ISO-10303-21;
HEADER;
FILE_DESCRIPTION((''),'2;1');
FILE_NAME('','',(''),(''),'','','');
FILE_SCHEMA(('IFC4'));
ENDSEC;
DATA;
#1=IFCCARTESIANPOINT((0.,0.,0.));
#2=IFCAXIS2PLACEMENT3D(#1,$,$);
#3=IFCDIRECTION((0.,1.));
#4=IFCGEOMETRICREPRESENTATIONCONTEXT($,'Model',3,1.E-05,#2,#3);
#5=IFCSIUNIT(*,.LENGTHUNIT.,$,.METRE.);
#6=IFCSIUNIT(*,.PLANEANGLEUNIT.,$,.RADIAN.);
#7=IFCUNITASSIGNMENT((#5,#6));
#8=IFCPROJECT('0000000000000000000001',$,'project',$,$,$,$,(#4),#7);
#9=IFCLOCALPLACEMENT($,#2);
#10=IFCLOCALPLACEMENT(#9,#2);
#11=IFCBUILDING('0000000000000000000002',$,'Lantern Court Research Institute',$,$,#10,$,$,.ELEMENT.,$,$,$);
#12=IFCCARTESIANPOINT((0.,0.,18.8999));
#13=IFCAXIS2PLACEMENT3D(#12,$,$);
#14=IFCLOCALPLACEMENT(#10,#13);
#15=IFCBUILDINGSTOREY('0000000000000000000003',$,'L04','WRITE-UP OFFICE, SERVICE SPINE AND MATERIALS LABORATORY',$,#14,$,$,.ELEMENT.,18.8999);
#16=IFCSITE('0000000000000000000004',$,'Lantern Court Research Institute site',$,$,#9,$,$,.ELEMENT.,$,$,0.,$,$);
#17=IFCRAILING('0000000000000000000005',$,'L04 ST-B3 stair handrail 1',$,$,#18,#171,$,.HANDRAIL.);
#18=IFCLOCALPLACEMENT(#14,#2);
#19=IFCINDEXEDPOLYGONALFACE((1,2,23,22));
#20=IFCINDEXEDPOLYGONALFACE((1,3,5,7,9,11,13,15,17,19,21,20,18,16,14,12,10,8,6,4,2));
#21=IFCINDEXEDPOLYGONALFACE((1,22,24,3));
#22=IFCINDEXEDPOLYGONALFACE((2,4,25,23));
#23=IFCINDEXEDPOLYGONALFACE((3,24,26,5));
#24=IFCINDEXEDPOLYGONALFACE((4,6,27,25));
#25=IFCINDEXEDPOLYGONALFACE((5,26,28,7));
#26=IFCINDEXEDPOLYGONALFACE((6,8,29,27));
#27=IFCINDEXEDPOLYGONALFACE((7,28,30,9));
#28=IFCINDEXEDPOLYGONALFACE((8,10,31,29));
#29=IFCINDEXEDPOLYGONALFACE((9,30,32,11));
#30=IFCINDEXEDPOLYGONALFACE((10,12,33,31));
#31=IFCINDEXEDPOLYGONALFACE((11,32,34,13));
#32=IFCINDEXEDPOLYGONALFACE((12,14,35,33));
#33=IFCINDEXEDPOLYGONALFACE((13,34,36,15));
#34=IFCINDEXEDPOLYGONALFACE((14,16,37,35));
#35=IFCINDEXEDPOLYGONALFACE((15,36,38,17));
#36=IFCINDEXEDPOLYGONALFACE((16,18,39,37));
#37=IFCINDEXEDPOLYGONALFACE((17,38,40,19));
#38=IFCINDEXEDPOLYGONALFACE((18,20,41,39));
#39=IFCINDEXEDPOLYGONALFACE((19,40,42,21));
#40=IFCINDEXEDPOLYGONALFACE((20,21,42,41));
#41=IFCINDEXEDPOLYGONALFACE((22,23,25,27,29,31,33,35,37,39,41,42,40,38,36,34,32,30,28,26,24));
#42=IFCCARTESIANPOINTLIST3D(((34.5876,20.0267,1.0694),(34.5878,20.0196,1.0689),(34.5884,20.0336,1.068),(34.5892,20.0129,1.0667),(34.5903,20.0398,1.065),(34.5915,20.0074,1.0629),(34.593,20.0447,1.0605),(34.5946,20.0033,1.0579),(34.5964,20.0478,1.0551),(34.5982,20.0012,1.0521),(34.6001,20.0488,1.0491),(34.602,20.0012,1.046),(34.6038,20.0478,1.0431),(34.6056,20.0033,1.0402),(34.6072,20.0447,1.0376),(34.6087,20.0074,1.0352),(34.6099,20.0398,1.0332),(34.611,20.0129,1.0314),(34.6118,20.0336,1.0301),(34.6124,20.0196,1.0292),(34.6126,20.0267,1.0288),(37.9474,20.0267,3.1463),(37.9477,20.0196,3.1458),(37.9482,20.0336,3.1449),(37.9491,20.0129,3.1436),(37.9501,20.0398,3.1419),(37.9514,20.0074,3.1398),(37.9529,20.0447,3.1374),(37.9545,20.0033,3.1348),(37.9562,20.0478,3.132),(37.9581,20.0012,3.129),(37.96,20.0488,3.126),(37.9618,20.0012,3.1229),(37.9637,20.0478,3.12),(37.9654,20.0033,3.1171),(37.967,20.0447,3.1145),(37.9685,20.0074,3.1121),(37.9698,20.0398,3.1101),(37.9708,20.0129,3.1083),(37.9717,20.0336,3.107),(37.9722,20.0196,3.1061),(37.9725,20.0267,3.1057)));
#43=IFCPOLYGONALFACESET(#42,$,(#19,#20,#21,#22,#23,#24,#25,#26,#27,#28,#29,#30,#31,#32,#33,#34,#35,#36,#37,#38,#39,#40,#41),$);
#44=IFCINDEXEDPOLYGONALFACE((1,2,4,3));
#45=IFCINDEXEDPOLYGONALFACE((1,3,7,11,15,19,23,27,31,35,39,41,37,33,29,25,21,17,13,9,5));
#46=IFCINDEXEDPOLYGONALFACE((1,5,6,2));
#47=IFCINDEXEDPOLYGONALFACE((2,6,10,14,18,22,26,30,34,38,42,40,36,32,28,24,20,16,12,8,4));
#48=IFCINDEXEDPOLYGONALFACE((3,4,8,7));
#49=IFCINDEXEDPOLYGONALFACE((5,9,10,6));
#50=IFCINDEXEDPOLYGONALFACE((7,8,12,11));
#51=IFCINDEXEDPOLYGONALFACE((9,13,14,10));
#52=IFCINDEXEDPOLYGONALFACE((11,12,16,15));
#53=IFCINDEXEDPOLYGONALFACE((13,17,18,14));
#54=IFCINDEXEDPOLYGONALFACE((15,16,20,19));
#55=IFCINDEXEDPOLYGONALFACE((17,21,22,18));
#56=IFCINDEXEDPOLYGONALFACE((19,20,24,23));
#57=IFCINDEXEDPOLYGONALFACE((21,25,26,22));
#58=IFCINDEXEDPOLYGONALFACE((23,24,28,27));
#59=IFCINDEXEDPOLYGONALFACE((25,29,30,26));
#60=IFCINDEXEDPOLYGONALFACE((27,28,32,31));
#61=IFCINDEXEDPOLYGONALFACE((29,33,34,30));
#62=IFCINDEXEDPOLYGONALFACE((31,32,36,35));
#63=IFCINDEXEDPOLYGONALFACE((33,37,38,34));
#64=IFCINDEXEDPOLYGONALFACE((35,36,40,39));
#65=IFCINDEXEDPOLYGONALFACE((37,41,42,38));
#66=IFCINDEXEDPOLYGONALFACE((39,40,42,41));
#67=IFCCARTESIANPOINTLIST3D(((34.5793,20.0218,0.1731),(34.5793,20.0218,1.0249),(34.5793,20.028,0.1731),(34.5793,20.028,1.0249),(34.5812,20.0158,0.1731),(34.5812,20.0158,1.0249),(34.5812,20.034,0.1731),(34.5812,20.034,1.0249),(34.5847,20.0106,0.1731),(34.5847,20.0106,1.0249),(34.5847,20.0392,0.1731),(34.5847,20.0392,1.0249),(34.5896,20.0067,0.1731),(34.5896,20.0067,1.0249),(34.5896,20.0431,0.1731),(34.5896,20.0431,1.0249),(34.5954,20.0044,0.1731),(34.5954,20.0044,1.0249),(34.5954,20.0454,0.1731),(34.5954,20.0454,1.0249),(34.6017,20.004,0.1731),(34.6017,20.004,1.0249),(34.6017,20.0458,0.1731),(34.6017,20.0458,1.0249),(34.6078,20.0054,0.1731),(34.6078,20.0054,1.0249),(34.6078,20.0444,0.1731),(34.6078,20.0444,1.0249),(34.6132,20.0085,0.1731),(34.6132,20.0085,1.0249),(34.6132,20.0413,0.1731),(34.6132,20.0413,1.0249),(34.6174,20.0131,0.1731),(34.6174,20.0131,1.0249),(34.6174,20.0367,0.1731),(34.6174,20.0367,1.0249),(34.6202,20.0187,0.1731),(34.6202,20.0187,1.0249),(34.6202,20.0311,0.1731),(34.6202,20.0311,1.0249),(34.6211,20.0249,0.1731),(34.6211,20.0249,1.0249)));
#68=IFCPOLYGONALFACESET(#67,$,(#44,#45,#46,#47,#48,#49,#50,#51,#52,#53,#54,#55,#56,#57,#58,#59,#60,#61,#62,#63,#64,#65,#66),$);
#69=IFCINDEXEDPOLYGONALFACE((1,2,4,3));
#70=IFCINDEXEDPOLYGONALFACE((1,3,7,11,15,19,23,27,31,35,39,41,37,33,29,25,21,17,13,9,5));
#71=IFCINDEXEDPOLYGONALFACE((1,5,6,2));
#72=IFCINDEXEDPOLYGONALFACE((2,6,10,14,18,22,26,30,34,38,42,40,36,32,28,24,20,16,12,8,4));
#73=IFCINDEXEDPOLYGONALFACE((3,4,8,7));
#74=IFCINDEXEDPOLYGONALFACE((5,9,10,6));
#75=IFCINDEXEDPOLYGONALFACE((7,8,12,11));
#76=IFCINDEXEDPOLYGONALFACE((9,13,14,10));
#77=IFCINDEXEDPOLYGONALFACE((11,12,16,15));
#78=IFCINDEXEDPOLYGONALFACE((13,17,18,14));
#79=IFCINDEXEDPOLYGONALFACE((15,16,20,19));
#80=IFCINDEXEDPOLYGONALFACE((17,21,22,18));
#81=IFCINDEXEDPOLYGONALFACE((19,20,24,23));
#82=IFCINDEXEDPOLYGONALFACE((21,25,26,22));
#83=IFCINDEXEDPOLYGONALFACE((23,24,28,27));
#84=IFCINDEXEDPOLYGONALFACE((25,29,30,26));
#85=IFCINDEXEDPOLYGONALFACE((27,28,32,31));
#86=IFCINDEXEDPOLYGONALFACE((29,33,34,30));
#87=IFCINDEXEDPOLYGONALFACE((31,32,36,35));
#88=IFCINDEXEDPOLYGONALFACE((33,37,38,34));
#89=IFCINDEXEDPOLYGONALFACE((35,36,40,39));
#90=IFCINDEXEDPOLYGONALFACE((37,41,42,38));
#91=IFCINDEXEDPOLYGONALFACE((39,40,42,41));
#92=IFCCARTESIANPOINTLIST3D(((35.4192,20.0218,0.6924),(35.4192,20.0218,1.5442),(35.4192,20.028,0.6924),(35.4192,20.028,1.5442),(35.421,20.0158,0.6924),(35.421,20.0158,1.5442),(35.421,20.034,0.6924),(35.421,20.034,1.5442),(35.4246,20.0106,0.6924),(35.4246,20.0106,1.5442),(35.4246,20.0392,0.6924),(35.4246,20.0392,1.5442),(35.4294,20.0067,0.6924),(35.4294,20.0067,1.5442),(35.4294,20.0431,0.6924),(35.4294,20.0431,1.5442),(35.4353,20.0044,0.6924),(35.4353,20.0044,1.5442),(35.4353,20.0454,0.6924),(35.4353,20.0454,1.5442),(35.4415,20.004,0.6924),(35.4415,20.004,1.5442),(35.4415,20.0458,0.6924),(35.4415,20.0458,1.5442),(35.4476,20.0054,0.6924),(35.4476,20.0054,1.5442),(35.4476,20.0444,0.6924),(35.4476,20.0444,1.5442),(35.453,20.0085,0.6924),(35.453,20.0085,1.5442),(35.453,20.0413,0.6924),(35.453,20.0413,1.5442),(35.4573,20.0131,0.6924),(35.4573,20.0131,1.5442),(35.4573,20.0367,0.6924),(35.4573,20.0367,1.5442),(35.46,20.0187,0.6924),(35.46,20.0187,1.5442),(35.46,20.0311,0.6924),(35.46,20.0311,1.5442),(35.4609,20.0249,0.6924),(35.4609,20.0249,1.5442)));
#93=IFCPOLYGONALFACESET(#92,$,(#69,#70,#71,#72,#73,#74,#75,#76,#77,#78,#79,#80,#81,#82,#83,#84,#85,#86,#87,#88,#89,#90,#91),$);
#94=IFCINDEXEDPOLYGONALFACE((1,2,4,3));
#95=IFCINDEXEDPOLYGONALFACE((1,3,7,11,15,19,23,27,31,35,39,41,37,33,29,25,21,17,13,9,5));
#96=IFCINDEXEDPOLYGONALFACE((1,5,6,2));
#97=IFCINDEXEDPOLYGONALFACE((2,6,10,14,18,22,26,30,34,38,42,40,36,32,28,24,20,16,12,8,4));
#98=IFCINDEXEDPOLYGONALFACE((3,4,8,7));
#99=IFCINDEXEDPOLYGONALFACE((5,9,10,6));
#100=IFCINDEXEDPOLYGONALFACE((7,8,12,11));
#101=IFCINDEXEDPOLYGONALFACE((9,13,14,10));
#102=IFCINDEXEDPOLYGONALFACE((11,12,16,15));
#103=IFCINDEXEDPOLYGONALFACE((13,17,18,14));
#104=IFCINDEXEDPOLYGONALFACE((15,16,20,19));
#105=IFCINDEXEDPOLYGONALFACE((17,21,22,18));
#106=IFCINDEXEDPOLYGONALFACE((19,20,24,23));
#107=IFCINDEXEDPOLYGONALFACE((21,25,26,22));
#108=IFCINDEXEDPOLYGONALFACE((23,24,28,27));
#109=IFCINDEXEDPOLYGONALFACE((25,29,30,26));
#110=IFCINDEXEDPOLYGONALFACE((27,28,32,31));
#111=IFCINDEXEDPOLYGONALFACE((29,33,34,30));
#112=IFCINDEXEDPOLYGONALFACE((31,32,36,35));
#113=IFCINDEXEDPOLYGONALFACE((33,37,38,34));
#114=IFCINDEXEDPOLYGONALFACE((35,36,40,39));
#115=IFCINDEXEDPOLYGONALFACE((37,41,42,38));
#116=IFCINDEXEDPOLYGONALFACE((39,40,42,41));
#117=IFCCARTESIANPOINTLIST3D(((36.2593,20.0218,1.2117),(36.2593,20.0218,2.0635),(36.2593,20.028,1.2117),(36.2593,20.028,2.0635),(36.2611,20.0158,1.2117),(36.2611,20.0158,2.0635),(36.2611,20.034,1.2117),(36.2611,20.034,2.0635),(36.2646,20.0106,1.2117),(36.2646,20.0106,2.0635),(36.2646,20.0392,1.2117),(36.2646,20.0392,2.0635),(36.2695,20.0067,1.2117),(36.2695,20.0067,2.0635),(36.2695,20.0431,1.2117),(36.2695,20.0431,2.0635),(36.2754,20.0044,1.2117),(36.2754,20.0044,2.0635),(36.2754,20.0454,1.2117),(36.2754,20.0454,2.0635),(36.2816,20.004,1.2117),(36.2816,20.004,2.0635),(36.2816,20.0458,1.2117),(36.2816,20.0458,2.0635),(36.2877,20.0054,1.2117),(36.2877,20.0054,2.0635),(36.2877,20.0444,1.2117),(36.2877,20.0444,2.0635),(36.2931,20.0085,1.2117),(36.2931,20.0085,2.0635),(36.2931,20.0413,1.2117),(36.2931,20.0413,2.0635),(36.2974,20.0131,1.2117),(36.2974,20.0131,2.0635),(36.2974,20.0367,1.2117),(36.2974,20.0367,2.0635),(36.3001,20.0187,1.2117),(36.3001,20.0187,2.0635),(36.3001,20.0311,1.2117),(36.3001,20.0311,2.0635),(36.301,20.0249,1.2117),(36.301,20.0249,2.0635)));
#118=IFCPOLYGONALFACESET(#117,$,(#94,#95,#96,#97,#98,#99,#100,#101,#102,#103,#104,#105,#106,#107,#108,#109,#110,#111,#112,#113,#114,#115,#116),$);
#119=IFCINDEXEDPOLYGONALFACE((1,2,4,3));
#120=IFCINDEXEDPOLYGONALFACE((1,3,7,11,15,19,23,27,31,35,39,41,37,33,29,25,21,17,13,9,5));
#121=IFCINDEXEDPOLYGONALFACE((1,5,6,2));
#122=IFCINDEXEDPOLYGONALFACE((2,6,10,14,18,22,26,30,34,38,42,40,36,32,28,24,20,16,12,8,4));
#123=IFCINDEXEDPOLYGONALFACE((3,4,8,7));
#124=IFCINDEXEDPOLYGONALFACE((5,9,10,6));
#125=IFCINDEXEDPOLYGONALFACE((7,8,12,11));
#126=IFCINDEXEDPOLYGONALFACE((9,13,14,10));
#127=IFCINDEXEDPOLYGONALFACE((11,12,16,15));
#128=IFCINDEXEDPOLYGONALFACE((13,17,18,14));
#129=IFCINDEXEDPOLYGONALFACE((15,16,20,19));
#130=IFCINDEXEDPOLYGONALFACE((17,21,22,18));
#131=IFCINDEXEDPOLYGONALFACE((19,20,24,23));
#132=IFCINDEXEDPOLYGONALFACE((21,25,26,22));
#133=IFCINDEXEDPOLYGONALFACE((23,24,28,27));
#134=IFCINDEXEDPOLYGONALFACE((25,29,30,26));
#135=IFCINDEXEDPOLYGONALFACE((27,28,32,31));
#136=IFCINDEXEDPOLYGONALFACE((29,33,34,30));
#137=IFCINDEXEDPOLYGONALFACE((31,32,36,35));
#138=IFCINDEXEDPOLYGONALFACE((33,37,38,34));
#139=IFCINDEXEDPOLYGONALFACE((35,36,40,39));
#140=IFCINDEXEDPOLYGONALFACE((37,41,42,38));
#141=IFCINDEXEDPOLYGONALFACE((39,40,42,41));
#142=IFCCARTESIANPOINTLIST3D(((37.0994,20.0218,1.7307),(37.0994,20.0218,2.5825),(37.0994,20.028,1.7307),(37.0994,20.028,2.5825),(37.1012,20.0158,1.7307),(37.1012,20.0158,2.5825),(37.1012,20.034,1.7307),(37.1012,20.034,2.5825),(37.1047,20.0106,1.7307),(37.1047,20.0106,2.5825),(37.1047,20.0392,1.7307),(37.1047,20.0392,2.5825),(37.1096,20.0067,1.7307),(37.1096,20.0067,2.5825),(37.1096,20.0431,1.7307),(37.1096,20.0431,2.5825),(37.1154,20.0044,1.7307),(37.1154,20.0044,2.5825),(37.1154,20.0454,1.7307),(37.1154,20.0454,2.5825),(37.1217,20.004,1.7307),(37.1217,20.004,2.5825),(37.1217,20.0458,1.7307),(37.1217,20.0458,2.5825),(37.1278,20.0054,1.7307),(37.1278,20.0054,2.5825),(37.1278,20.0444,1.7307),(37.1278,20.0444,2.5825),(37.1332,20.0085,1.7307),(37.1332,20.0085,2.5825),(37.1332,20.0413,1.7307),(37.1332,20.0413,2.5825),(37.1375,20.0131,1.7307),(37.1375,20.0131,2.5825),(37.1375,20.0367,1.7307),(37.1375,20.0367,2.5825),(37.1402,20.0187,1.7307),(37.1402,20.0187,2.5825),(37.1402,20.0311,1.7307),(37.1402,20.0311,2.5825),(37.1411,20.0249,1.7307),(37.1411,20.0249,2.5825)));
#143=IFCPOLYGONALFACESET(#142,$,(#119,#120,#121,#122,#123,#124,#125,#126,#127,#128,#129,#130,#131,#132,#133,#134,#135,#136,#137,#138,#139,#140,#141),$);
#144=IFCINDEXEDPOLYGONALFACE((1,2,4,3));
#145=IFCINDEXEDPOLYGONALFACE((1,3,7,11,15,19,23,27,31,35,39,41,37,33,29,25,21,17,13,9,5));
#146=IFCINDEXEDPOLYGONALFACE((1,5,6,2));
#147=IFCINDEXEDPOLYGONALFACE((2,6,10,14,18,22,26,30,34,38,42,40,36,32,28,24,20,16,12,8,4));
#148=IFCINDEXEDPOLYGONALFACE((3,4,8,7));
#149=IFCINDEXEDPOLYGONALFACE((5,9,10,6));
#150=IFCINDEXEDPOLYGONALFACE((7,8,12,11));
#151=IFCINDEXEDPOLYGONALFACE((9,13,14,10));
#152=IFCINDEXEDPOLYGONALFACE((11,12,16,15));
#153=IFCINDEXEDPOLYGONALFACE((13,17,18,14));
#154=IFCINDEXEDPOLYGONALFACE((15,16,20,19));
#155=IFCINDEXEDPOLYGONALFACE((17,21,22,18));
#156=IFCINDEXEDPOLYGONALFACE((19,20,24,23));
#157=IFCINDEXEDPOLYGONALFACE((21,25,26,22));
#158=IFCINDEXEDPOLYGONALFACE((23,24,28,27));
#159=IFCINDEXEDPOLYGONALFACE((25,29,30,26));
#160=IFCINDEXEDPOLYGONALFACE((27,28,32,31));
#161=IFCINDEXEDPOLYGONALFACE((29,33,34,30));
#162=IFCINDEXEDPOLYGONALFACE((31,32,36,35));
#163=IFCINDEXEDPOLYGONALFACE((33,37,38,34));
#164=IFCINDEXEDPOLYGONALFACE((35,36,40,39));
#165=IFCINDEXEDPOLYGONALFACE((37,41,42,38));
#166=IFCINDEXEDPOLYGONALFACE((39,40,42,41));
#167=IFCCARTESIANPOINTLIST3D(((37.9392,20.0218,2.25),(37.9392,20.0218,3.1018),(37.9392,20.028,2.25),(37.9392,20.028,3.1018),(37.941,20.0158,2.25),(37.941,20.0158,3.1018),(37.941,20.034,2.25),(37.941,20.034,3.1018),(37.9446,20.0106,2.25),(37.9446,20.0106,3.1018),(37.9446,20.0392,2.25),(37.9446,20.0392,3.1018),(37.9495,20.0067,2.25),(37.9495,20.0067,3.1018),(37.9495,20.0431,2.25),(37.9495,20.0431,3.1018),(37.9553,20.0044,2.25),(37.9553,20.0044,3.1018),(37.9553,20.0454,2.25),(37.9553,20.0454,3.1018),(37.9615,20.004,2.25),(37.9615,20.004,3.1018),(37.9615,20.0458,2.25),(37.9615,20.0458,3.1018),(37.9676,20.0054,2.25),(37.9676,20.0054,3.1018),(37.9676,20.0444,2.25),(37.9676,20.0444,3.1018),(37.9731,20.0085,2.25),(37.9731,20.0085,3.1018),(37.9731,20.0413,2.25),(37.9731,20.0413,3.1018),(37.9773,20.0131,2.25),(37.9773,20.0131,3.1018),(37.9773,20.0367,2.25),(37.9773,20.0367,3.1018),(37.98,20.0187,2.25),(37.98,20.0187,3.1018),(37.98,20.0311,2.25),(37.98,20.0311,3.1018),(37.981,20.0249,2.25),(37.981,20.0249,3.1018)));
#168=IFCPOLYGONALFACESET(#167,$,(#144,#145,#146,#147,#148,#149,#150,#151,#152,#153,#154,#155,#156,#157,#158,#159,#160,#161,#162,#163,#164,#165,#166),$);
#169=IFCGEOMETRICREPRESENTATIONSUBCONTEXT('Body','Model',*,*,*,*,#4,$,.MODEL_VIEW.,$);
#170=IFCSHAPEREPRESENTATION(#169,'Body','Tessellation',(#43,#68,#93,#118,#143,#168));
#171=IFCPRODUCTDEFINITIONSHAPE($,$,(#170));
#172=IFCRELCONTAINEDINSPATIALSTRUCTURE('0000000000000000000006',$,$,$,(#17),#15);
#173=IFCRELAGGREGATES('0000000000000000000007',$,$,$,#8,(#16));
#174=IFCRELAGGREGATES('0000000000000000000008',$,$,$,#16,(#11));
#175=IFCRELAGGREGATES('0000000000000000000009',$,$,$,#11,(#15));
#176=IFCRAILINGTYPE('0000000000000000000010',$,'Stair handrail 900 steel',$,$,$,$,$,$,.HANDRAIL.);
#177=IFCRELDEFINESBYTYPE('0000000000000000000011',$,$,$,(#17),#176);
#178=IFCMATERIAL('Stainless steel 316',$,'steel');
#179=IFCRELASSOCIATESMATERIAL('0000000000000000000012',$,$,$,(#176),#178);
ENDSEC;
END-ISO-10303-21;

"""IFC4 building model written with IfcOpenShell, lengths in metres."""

from ifc_helpers import new_model, si_unit, direction, frame, origin, origin_2d, place, context, subcontext, project, spatial, circle, extrude, material, type_object, element, save


model = new_model("IFC4")

# Units and contexts
model_context = context("Model", 3, precision=1e-05, world=origin(), true_north=direction((0.0, 1.0)))
body_context = subcontext(model_context, "Body", "Model", "MODEL_VIEW")
ifc_project = project(units=[si_unit("LENGTHUNIT", "METRE"), si_unit("PLANEANGLEUNIT", "RADIAN")], contexts=[model_context])

# Site, building, storey
site_placement = place(None, origin())
site = spatial("IfcSite", under=ifc_project, at=site_placement, Name="Lantern Court Research Institute site", CompositionType="ELEMENT", RefElevation=0.0)
building_placement = place(site_placement, origin())
building = spatial("IfcBuilding", under=site, at=building_placement, Name="Lantern Court Research Institute", CompositionType="ELEMENT")
storey_placement = place(building_placement, frame((0.0, 0.0, 18.8999)))
storey = spatial("IfcBuildingStorey", under=building, at=storey_placement, Name="L04", Description="WRITE-UP OFFICE, SERVICE SPINE AND MATERIALS LABORATORY", CompositionType="ELEMENT", Elevation=18.8999)

# Railing
ifc_material_1 = material(Name="Stainless steel 316", Category="steel")
railing_type = type_object("IfcRailingType", Name="Stair handrail 900 steel", PredefinedType="HANDRAIL", material=ifc_material_1)
railing_placement = place(storey_placement, frame((34.6001, 20.0249, 0.1731)))
element("IfcRailing", 1, at=railing_placement, inside=storey, type_object=railing_type, Name="L04 ST-B3 stair handrail 1", PredefinedType="HANDRAIL", context=body_context, shape_type="SweptSolid", body=[
    extrude(circle(Radius=0.0239, at=origin_2d()), frame((0.0, 0.0, 0.876), z_axis=(0.850606, 0.0, 0.525803), x_axis=(0.0, 1.0, 0.0)), (0.0, 0.0, 1.0), 3.95),
    extrude(circle(Radius=0.021, at=origin_2d()), origin(), (0.0, 0.0, 1.0), 0.8518),
    extrude(circle(Radius=0.021, at=origin_2d()), frame((0.8398, 0.0, 0.5193)), (0.0, 0.0, 1.0), 0.8518),
    extrude(circle(Radius=0.021, at=origin_2d()), frame((1.6799, 0.0, 1.0386)), (0.0, 0.0, 1.0), 0.8518),
    extrude(circle(Radius=0.021, at=origin_2d()), frame((2.52, 0.0, 1.5576)), (0.0, 0.0, 1.0), 0.8518),
    extrude(circle(Radius=0.021, at=origin_2d()), frame((3.3599, 0.0, 2.0769)), (0.0, 0.0, 1.0), 0.8518),
])

save(model, "model.ifc")
